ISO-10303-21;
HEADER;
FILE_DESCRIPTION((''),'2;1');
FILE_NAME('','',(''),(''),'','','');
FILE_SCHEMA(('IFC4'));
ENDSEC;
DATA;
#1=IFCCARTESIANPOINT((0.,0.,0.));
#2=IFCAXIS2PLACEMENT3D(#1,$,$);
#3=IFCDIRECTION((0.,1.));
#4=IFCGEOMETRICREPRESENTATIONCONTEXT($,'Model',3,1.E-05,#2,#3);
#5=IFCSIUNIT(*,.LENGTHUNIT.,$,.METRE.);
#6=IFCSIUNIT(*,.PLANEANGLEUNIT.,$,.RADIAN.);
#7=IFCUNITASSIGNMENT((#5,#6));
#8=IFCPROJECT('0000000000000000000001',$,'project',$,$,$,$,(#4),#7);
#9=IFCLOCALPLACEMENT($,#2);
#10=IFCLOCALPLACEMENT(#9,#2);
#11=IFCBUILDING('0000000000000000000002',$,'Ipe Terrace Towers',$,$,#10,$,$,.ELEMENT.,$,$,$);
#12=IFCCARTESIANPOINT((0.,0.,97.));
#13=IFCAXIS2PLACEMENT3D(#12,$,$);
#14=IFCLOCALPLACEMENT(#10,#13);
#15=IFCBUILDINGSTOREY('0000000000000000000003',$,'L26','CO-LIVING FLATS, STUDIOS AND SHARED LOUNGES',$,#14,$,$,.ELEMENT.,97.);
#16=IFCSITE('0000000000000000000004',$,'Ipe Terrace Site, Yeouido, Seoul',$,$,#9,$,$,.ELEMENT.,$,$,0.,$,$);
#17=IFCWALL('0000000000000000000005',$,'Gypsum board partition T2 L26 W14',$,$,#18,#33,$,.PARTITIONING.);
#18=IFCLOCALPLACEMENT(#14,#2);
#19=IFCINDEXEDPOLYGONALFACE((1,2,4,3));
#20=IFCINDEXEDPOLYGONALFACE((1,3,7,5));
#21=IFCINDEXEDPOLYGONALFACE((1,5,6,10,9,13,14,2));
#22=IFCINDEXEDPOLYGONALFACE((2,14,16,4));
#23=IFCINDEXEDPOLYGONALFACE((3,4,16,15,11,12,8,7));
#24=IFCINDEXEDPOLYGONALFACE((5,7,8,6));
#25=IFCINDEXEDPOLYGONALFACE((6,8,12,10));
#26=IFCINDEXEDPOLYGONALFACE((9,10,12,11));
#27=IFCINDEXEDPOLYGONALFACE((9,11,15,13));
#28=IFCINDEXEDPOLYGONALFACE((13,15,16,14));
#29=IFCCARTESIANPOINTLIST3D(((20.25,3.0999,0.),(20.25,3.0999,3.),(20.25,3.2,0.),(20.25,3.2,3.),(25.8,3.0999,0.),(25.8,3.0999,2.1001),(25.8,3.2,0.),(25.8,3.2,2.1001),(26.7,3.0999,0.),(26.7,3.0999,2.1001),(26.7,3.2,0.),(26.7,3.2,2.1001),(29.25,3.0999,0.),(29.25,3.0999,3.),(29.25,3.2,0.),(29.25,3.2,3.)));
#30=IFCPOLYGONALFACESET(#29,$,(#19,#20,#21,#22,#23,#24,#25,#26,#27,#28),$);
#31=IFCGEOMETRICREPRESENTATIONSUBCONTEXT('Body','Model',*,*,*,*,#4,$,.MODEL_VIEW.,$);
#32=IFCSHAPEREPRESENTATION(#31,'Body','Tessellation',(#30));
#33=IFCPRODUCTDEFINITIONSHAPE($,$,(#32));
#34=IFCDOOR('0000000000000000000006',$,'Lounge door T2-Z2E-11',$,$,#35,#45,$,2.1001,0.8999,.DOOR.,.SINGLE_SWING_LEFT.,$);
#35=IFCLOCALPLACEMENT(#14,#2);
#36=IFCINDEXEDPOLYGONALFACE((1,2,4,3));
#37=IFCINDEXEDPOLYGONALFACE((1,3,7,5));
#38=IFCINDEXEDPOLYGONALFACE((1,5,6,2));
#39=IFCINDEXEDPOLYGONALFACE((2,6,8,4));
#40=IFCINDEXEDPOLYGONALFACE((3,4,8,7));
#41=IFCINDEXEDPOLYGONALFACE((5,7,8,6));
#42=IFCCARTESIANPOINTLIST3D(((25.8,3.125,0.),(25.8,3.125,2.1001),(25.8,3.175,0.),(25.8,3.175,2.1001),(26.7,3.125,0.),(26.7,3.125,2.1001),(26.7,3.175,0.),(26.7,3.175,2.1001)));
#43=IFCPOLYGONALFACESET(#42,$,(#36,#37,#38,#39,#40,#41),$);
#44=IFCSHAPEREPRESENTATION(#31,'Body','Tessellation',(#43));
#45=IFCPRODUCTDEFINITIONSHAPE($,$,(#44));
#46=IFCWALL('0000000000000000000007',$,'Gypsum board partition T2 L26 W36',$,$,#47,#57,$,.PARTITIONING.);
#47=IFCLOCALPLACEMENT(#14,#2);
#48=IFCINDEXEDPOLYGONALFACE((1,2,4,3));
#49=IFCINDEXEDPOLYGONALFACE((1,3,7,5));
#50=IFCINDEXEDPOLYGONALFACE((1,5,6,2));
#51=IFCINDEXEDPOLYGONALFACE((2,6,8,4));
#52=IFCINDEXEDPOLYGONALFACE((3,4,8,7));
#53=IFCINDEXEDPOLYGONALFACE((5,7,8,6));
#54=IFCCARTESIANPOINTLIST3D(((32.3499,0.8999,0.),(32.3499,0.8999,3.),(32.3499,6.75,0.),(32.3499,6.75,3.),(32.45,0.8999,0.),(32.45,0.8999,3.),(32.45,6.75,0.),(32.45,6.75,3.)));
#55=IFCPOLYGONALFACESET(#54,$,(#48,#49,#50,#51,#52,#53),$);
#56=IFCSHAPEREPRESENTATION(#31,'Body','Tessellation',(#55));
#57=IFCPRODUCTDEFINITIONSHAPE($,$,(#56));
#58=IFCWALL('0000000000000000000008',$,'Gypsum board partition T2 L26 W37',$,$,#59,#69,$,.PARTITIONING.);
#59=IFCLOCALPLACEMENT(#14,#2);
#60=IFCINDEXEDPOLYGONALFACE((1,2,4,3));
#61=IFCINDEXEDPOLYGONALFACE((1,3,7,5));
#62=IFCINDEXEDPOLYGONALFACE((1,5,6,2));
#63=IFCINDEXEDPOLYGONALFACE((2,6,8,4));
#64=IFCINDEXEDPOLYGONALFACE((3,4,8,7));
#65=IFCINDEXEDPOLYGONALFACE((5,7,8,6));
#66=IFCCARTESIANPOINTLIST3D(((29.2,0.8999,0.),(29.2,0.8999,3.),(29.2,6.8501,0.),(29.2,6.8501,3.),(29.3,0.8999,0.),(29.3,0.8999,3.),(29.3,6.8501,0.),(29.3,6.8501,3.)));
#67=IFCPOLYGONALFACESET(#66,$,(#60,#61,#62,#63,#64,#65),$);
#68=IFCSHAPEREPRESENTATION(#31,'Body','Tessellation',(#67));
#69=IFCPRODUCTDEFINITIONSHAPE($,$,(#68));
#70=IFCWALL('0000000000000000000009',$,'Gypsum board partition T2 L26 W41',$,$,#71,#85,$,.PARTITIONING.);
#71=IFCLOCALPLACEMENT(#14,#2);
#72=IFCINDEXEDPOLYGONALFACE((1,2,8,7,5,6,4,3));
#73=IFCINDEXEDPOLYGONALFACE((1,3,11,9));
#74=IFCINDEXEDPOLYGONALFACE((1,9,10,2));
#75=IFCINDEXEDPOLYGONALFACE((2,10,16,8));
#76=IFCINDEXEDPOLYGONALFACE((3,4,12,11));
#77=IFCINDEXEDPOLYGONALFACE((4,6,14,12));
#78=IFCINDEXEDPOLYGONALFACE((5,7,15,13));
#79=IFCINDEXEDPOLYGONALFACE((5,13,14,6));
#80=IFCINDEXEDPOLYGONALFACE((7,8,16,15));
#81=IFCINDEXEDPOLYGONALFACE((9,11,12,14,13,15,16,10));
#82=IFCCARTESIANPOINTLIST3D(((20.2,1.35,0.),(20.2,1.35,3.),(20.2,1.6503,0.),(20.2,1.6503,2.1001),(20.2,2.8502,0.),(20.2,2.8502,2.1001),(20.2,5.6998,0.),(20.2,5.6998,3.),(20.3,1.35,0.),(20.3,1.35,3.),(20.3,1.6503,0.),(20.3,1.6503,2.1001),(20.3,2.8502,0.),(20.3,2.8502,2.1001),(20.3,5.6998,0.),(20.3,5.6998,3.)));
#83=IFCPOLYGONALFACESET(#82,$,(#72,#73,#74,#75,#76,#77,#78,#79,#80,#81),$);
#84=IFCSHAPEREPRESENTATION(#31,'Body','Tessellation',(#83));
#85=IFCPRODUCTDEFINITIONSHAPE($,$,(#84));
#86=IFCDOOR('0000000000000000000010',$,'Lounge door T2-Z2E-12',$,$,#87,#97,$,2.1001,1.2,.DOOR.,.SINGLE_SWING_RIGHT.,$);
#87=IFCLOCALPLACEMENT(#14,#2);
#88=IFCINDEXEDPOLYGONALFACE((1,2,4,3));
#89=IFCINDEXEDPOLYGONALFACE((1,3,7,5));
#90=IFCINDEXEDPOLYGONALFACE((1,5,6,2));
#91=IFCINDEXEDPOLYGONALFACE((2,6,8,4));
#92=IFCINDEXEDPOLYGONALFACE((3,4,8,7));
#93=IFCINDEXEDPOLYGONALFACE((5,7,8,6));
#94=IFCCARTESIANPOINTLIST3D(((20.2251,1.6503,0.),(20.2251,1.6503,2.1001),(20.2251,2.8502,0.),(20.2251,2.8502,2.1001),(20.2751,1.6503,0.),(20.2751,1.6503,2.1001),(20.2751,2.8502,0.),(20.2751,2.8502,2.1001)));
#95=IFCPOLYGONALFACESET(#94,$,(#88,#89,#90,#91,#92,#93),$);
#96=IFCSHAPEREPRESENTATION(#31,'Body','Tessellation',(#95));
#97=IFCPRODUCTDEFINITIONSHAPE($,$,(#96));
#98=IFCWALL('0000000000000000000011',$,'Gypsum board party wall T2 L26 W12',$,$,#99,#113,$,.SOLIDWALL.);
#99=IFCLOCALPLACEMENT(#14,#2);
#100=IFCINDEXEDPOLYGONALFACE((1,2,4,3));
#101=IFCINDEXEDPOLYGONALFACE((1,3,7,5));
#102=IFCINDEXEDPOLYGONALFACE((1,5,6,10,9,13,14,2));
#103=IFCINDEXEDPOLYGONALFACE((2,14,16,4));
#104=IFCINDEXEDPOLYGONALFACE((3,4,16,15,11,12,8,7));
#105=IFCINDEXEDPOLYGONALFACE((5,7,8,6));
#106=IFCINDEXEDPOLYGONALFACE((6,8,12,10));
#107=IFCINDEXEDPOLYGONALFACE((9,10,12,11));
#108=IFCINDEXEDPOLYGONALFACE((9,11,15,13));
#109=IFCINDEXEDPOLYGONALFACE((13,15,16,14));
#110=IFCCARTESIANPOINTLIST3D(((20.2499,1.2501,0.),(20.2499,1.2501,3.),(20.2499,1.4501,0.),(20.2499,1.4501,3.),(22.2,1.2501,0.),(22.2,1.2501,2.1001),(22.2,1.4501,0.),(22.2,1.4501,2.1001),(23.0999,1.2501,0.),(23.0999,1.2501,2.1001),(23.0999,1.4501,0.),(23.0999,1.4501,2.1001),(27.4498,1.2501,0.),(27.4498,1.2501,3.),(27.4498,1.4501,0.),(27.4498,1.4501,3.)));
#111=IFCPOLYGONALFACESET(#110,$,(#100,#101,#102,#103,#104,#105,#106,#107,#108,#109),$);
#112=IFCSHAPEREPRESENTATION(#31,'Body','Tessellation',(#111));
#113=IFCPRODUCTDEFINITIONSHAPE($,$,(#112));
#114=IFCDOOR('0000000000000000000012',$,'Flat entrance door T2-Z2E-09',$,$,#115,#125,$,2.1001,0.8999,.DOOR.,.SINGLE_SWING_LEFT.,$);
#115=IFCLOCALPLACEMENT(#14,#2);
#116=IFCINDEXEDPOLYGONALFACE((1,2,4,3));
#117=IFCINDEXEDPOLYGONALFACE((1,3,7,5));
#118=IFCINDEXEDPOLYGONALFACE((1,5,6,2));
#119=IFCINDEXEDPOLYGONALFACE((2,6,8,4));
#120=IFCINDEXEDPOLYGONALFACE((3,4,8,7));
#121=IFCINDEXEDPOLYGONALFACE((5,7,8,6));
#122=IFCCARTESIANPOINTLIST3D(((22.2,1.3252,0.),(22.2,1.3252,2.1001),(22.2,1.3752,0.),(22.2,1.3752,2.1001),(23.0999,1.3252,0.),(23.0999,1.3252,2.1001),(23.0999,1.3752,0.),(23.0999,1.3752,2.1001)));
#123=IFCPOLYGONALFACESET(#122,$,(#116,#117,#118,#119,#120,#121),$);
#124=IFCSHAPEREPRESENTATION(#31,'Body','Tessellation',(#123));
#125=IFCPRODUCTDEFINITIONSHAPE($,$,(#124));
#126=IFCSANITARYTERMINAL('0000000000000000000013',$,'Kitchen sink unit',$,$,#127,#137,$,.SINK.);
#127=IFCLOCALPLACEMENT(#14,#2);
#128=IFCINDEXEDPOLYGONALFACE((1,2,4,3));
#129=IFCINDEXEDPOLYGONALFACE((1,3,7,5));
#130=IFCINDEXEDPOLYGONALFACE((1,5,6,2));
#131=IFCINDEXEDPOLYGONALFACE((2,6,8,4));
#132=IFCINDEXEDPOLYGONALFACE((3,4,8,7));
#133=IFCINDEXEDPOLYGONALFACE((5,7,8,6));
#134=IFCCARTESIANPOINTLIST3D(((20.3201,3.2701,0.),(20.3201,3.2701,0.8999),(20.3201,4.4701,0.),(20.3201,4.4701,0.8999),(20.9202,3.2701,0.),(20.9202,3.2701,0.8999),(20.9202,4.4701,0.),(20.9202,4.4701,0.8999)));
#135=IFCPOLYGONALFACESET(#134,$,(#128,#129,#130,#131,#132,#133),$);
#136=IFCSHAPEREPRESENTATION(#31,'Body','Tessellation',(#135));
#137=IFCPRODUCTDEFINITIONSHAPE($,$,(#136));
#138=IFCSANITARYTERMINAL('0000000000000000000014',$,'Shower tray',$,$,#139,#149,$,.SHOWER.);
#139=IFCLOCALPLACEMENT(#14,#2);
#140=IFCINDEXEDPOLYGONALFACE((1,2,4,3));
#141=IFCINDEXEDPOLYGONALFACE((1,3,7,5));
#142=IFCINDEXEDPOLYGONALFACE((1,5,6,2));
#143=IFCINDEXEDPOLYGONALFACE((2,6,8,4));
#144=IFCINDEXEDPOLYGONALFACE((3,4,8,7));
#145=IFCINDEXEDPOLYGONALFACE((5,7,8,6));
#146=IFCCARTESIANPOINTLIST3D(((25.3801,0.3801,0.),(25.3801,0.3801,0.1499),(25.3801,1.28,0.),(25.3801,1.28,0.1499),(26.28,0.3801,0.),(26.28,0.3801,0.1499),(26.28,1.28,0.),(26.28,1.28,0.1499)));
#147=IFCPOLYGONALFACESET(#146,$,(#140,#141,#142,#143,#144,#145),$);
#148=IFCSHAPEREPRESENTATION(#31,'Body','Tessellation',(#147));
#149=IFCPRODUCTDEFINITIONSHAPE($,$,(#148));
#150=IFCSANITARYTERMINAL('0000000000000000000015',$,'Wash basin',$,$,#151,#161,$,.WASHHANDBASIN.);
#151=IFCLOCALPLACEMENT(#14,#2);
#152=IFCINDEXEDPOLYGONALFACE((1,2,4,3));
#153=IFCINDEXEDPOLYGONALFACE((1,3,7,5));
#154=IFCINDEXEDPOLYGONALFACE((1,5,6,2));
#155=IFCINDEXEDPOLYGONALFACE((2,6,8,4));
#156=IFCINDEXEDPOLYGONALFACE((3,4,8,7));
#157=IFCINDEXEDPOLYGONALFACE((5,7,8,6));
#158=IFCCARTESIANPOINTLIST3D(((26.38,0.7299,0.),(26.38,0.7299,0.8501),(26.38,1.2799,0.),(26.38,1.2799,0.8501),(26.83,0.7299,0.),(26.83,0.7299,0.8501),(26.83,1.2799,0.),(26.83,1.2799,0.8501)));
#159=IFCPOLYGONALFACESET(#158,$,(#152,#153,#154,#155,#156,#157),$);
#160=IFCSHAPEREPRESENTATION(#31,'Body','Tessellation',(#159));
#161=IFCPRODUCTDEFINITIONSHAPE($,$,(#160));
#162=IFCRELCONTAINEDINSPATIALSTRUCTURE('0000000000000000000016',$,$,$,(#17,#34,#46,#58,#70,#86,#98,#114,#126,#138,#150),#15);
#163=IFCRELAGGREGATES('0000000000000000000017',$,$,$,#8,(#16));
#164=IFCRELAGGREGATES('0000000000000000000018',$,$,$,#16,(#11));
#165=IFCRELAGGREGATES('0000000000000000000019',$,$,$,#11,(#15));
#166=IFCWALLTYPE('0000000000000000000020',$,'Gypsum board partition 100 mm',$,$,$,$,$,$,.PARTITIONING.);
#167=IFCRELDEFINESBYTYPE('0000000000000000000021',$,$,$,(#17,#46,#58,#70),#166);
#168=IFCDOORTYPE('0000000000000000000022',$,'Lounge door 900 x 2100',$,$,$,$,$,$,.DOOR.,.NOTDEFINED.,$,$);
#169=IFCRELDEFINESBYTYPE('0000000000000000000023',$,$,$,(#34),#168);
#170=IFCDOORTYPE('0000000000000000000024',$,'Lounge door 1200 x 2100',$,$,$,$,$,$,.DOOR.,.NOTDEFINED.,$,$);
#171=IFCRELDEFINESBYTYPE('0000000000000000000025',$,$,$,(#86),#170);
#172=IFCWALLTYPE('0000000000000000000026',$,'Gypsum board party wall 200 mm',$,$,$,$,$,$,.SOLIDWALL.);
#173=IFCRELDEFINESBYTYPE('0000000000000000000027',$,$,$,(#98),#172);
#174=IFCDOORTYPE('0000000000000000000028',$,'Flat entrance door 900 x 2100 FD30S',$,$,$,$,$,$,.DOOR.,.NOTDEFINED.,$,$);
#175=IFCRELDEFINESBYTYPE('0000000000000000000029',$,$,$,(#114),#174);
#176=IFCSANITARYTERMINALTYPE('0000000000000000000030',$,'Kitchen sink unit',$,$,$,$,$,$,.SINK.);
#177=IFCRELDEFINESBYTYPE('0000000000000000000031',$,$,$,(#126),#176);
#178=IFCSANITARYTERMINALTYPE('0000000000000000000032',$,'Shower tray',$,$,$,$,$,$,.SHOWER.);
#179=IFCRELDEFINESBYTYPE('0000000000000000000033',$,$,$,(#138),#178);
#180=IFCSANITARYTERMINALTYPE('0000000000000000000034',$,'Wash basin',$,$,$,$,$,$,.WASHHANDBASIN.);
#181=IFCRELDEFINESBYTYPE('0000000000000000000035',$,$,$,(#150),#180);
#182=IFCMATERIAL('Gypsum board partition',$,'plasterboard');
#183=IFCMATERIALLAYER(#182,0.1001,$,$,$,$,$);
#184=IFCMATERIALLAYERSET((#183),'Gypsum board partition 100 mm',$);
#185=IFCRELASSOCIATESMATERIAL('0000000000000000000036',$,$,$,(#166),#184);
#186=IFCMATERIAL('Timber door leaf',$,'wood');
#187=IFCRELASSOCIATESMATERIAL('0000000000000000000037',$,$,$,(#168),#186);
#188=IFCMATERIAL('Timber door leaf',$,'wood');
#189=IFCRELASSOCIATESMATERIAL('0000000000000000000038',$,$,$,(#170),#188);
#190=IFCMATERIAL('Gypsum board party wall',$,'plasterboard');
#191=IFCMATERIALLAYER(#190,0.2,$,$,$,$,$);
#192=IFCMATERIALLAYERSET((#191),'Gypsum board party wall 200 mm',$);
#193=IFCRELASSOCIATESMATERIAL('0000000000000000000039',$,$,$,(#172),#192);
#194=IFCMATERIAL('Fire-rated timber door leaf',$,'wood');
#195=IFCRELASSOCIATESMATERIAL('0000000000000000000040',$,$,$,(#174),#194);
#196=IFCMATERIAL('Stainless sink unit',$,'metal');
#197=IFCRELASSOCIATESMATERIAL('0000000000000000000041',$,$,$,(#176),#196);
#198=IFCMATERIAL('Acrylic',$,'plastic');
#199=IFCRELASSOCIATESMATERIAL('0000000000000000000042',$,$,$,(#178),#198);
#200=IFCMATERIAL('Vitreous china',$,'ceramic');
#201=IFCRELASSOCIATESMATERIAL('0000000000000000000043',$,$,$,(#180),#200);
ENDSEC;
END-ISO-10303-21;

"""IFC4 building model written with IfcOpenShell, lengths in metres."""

from ifc_helpers import new_model, si_unit, direction, frame, frame_2d, origin, origin_2d, place, context, subcontext, project, spatial, rectangle, extrude, material, layer, layer_set, type_object, element, fill, save


model = new_model("IFC4")

# Units and contexts
model_context = context("Model", 3, precision=1e-05, world=origin(), true_north=direction((0.0, 1.0)))
body_context = subcontext(model_context, "Body", "Model", "MODEL_VIEW")
ifc_project = project(units=[si_unit("LENGTHUNIT", "METRE"), si_unit("PLANEANGLEUNIT", "RADIAN")], contexts=[model_context])

# Site, building, storey
site_placement = place(None, origin())
site = spatial("IfcSite", under=ifc_project, at=site_placement, Name="Ipe Terrace Site, Yeouido, Seoul", CompositionType="ELEMENT", RefElevation=0.0)
building_placement = place(site_placement, origin())
building = spatial("IfcBuilding", under=site, at=building_placement, Name="Ipe Terrace Towers", CompositionType="ELEMENT")
storey_placement = place(building_placement, frame((0.0, 0.0, 97.0)))
storey = spatial("IfcBuildingStorey", under=building, at=storey_placement, Name="L26", Description="CO-LIVING FLATS, STUDIOS AND SHARED LOUNGES", CompositionType="ELEMENT", Elevation=97.0)

# Wall, opening, door
ifc_material_1 = material(Name="Gypsum board partition", Category="plasterboard")
ifc_layer_1 = layer(ifc_material_1, 0.1001)
ifc_layer_set_1 = layer_set([ifc_layer_1], Name="Gypsum board partition 100 mm")
wall_type_1 = type_object("IfcWallType", Name="Gypsum board partition 100 mm", PredefinedType="PARTITIONING", material=ifc_layer_set_1)
wall_1_placement = place(storey_placement, frame((29.25, 3.1499, 0.0), z_axis=(0.0, 0.0, 1.0), x_axis=(-1.0, 0.0, 0.0)))
wall_1 = element("IfcWall", 1, at=wall_1_placement, inside=storey, type_object=wall_type_1, Name="Gypsum board partition T2 L26 W14", PredefinedType="PARTITIONING", context=body_context, shape_type="SweptSolid", body=[
    extrude(rectangle(XDim=9.0, YDim=0.1001, at=frame_2d((4.5, 0.0))), origin(), (0.0, 0.0, 1.0), 3.0),
])
opening_1_placement = place(wall_1_placement, frame((2.55, 0.0, 0.0)))
opening_1 = element("IfcOpeningElement", 2, at=opening_1_placement, cuts=wall_1, PredefinedType="OPENING", context=body_context, shape_type="SweptSolid", body=[
    extrude(rectangle(XDim=0.8999, YDim=2.1001, at=frame_2d((0.45, 1.05))), frame((0.0, 0.0601, 0.0), z_axis=(0.0, -1.0, 0.0), x_axis=(1.0, 0.0, 0.0)), (0.0, 0.0, 1.0), 0.1201),
])
ifc_material_2 = material(Name="Timber door leaf", Category="wood")
door_type_1 = type_object("IfcDoorType", Name="Lounge door 900 x 2100", OperationType="NOTDEFINED", PredefinedType="DOOR", material=ifc_material_2)
door_1_placement = place(opening_1_placement, origin())
door_1 = element("IfcDoor", 3, at=door_1_placement, inside=storey, type_object=door_type_1, Name="Lounge door T2-Z2E-11", OperationType="SINGLE_SWING_LEFT", OverallHeight=2.1001, OverallWidth=0.8999, PredefinedType="DOOR", context=body_context, shape_type="SweptSolid", body=[
    extrude(rectangle(XDim=0.8999, YDim=2.1001, at=frame_2d((0.45, 1.05))), frame((0.0, 0.0249, 0.0), z_axis=(0.0, -1.0, 0.0), x_axis=(1.0, 0.0, 0.0)), (0.0, 0.0, 1.0), 0.05),
])
fill(opening_1, door_1)

# Walls
wall_2_placement = place(storey_placement, frame((32.3999, 0.8999, 0.0), z_axis=(0.0, 0.0, 1.0), x_axis=(0.0, 1.0, 0.0)))
element("IfcWall", 4, at=wall_2_placement, inside=storey, type_object=wall_type_1, Name="Gypsum board partition T2 L26 W36", PredefinedType="PARTITIONING", context=body_context, shape_type="SweptSolid", body=[
    extrude(rectangle(XDim=5.8501, YDim=0.1001, at=frame_2d((2.925, 0.0))), origin(), (0.0, 0.0, 1.0), 3.0),
])
wall_3_placement = place(storey_placement, frame((29.25, 0.8999, 0.0), z_axis=(0.0, 0.0, 1.0), x_axis=(0.0, 1.0, 0.0)))
element("IfcWall", 5, at=wall_3_placement, inside=storey, type_object=wall_type_1, Name="Gypsum board partition T2 L26 W37", PredefinedType="PARTITIONING", context=body_context, shape_type="SweptSolid", body=[
    extrude(rectangle(XDim=5.9502, YDim=0.1001, at=frame_2d((2.9751, 0.0))), origin(), (0.0, 0.0, 1.0), 3.0),
])

# Walls, openings, doors
wall_4_placement = place(storey_placement, frame((20.25, 1.3501, 0.0), z_axis=(0.0, 0.0, 1.0), x_axis=(0.0, 1.0, 0.0)))
wall_4 = element("IfcWall", 6, at=wall_4_placement, inside=storey, type_object=wall_type_1, Name="Gypsum board partition T2 L26 W41", PredefinedType="PARTITIONING", context=body_context, shape_type="SweptSolid", body=[
    extrude(rectangle(XDim=4.3499, YDim=0.1001, at=frame_2d((2.1748, 0.0))), origin(), (0.0, 0.0, 1.0), 3.0),
])
opening_2_placement = place(wall_4_placement, frame((0.3, 0.0, 0.0)))
opening_2 = element("IfcOpeningElement", 7, at=opening_2_placement, cuts=wall_4, PredefinedType="OPENING", context=body_context, shape_type="SweptSolid", body=[
    extrude(rectangle(XDim=1.2, YDim=2.1001, at=frame_2d((0.6001, 1.05))), frame((0.0, 0.0601, 0.0), z_axis=(0.0, -1.0, 0.0), x_axis=(1.0, 0.0, 0.0)), (0.0, 0.0, 1.0), 0.1201),
])
ifc_material_3 = material(Name="Timber door leaf", Category="wood")
door_type_2 = type_object("IfcDoorType", Name="Lounge door 1200 x 2100", OperationType="NOTDEFINED", PredefinedType="DOOR", material=ifc_material_3)
door_2_placement = place(opening_2_placement, origin())
door_2 = element("IfcDoor", 8, at=door_2_placement, inside=storey, type_object=door_type_2, Name="Lounge door T2-Z2E-12", OperationType="SINGLE_SWING_RIGHT", OverallHeight=2.1001, OverallWidth=1.2, PredefinedType="DOOR", context=body_context, shape_type="SweptSolid", body=[
    extrude(rectangle(XDim=1.2, YDim=2.1001, at=frame_2d((0.6001, 1.05))), frame((0.0, 0.0249, 0.0), z_axis=(0.0, -1.0, 0.0), x_axis=(1.0, 0.0, 0.0)), (0.0, 0.0, 1.0), 0.05),
])
fill(opening_2, door_2)
ifc_material_4 = material(Name="Gypsum board party wall", Category="plasterboard")
ifc_layer_2 = layer(ifc_material_4, 0.2)
ifc_layer_set_2 = layer_set([ifc_layer_2], Name="Gypsum board party wall 200 mm")
wall_type_2 = type_object("IfcWallType", Name="Gypsum board party wall 200 mm", PredefinedType="SOLIDWALL", material=ifc_layer_set_2)
wall_5_placement = place(storey_placement, frame((27.45, 1.3501, 0.0), z_axis=(0.0, 0.0, 1.0), x_axis=(-1.0, 0.0, 0.0)))
wall_5 = element("IfcWall", 9, at=wall_5_placement, inside=storey, type_object=wall_type_2, Name="Gypsum board party wall T2 L26 W12", PredefinedType="SOLIDWALL", context=body_context, shape_type="SweptSolid", body=[
    extrude(rectangle(XDim=7.2, YDim=0.2, at=frame_2d((3.6001, 0.0))), origin(), (0.0, 0.0, 1.0), 3.0),
])
opening_3_placement = place(wall_5_placement, frame((4.3501, 0.0, 0.0)))
opening_3 = element("IfcOpeningElement", 10, at=opening_3_placement, cuts=wall_5, PredefinedType="OPENING", context=body_context, shape_type="SweptSolid", body=[
    extrude(rectangle(XDim=0.8999, YDim=2.1001, at=frame_2d((0.45, 1.05))), frame((0.0, 0.1099, 0.0), z_axis=(0.0, -1.0, 0.0), x_axis=(1.0, 0.0, 0.0)), (0.0, 0.0, 1.0), 0.22),
])
ifc_material_5 = material(Name="Fire-rated timber door leaf", Category="wood")
door_type_3 = type_object("IfcDoorType", Name="Flat entrance door 900 x 2100 FD30S", OperationType="NOTDEFINED", PredefinedType="DOOR", material=ifc_material_5)
door_3_placement = place(opening_3_placement, origin())
door_3 = element("IfcDoor", 11, at=door_3_placement, inside=storey, type_object=door_type_3, Name="Flat entrance door T2-Z2E-09", OperationType="SINGLE_SWING_LEFT", OverallHeight=2.1001, OverallWidth=0.8999, PredefinedType="DOOR", context=body_context, shape_type="SweptSolid", body=[
    extrude(rectangle(XDim=0.8999, YDim=2.1001, at=frame_2d((0.45, 1.05))), frame((0.0, 0.0249, 0.0), z_axis=(0.0, -1.0, 0.0), x_axis=(1.0, 0.0, 0.0)), (0.0, 0.0, 1.0), 0.05),
])
fill(opening_3, door_3)

# Sanitary terminals
ifc_material_6 = material(Name="Stainless sink unit", Category="metal")
sanitary_terminal_type_1 = type_object("IfcSanitaryTerminalType", Name="Kitchen sink unit", PredefinedType="SINK", material=ifc_material_6)
sanitary_terminal_1_placement = place(storey_placement, frame((20.6201, 3.8701, 0.0), z_axis=(0.0, 0.0, 1.0), x_axis=(0.0, 1.0, 0.0)))
element("IfcSanitaryTerminal", 12, at=sanitary_terminal_1_placement, inside=storey, type_object=sanitary_terminal_type_1, Name="Kitchen sink unit", PredefinedType="SINK", context=body_context, shape_type="SweptSolid", body=[
    extrude(rectangle(XDim=1.2, YDim=0.6001, at=origin_2d()), origin(), (0.0, 0.0, 1.0), 0.8999),
])
ifc_material_7 = material(Name="Acrylic", Category="plastic")
sanitary_terminal_type_2 = type_object("IfcSanitaryTerminalType", Name="Shower tray", PredefinedType="SHOWER", material=ifc_material_7)
sanitary_terminal_2_placement = place(storey_placement, frame((25.8301, 0.8301, 0.0), z_axis=(0.0, 0.0, 1.0), x_axis=(0.0, -1.0, 0.0)))
element("IfcSanitaryTerminal", 13, at=sanitary_terminal_2_placement, inside=storey, type_object=sanitary_terminal_type_2, Name="Shower tray", PredefinedType="SHOWER", context=body_context, shape_type="SweptSolid", body=[
    extrude(rectangle(XDim=0.8999, YDim=0.8999, at=origin_2d()), origin(), (0.0, 0.0, 1.0), 0.1499),
])
ifc_material_8 = material(Name="Vitreous china", Category="ceramic")
sanitary_terminal_type_3 = type_object("IfcSanitaryTerminalType", Name="Wash basin", PredefinedType="WASHHANDBASIN", material=ifc_material_8)
sanitary_terminal_3_placement = place(storey_placement, frame((26.605, 1.0049, 0.0), z_axis=(0.0, 0.0, 1.0), x_axis=(0.0, -1.0, 0.0)))
element("IfcSanitaryTerminal", 14, at=sanitary_terminal_3_placement, inside=storey, type_object=sanitary_terminal_type_3, Name="Wash basin", PredefinedType="WASHHANDBASIN", context=body_context, shape_type="SweptSolid", body=[
    extrude(rectangle(XDim=0.55, YDim=0.45, at=origin_2d()), origin(), (0.0, 0.0, 1.0), 0.8501),
])

save(model, "model.ifc")
